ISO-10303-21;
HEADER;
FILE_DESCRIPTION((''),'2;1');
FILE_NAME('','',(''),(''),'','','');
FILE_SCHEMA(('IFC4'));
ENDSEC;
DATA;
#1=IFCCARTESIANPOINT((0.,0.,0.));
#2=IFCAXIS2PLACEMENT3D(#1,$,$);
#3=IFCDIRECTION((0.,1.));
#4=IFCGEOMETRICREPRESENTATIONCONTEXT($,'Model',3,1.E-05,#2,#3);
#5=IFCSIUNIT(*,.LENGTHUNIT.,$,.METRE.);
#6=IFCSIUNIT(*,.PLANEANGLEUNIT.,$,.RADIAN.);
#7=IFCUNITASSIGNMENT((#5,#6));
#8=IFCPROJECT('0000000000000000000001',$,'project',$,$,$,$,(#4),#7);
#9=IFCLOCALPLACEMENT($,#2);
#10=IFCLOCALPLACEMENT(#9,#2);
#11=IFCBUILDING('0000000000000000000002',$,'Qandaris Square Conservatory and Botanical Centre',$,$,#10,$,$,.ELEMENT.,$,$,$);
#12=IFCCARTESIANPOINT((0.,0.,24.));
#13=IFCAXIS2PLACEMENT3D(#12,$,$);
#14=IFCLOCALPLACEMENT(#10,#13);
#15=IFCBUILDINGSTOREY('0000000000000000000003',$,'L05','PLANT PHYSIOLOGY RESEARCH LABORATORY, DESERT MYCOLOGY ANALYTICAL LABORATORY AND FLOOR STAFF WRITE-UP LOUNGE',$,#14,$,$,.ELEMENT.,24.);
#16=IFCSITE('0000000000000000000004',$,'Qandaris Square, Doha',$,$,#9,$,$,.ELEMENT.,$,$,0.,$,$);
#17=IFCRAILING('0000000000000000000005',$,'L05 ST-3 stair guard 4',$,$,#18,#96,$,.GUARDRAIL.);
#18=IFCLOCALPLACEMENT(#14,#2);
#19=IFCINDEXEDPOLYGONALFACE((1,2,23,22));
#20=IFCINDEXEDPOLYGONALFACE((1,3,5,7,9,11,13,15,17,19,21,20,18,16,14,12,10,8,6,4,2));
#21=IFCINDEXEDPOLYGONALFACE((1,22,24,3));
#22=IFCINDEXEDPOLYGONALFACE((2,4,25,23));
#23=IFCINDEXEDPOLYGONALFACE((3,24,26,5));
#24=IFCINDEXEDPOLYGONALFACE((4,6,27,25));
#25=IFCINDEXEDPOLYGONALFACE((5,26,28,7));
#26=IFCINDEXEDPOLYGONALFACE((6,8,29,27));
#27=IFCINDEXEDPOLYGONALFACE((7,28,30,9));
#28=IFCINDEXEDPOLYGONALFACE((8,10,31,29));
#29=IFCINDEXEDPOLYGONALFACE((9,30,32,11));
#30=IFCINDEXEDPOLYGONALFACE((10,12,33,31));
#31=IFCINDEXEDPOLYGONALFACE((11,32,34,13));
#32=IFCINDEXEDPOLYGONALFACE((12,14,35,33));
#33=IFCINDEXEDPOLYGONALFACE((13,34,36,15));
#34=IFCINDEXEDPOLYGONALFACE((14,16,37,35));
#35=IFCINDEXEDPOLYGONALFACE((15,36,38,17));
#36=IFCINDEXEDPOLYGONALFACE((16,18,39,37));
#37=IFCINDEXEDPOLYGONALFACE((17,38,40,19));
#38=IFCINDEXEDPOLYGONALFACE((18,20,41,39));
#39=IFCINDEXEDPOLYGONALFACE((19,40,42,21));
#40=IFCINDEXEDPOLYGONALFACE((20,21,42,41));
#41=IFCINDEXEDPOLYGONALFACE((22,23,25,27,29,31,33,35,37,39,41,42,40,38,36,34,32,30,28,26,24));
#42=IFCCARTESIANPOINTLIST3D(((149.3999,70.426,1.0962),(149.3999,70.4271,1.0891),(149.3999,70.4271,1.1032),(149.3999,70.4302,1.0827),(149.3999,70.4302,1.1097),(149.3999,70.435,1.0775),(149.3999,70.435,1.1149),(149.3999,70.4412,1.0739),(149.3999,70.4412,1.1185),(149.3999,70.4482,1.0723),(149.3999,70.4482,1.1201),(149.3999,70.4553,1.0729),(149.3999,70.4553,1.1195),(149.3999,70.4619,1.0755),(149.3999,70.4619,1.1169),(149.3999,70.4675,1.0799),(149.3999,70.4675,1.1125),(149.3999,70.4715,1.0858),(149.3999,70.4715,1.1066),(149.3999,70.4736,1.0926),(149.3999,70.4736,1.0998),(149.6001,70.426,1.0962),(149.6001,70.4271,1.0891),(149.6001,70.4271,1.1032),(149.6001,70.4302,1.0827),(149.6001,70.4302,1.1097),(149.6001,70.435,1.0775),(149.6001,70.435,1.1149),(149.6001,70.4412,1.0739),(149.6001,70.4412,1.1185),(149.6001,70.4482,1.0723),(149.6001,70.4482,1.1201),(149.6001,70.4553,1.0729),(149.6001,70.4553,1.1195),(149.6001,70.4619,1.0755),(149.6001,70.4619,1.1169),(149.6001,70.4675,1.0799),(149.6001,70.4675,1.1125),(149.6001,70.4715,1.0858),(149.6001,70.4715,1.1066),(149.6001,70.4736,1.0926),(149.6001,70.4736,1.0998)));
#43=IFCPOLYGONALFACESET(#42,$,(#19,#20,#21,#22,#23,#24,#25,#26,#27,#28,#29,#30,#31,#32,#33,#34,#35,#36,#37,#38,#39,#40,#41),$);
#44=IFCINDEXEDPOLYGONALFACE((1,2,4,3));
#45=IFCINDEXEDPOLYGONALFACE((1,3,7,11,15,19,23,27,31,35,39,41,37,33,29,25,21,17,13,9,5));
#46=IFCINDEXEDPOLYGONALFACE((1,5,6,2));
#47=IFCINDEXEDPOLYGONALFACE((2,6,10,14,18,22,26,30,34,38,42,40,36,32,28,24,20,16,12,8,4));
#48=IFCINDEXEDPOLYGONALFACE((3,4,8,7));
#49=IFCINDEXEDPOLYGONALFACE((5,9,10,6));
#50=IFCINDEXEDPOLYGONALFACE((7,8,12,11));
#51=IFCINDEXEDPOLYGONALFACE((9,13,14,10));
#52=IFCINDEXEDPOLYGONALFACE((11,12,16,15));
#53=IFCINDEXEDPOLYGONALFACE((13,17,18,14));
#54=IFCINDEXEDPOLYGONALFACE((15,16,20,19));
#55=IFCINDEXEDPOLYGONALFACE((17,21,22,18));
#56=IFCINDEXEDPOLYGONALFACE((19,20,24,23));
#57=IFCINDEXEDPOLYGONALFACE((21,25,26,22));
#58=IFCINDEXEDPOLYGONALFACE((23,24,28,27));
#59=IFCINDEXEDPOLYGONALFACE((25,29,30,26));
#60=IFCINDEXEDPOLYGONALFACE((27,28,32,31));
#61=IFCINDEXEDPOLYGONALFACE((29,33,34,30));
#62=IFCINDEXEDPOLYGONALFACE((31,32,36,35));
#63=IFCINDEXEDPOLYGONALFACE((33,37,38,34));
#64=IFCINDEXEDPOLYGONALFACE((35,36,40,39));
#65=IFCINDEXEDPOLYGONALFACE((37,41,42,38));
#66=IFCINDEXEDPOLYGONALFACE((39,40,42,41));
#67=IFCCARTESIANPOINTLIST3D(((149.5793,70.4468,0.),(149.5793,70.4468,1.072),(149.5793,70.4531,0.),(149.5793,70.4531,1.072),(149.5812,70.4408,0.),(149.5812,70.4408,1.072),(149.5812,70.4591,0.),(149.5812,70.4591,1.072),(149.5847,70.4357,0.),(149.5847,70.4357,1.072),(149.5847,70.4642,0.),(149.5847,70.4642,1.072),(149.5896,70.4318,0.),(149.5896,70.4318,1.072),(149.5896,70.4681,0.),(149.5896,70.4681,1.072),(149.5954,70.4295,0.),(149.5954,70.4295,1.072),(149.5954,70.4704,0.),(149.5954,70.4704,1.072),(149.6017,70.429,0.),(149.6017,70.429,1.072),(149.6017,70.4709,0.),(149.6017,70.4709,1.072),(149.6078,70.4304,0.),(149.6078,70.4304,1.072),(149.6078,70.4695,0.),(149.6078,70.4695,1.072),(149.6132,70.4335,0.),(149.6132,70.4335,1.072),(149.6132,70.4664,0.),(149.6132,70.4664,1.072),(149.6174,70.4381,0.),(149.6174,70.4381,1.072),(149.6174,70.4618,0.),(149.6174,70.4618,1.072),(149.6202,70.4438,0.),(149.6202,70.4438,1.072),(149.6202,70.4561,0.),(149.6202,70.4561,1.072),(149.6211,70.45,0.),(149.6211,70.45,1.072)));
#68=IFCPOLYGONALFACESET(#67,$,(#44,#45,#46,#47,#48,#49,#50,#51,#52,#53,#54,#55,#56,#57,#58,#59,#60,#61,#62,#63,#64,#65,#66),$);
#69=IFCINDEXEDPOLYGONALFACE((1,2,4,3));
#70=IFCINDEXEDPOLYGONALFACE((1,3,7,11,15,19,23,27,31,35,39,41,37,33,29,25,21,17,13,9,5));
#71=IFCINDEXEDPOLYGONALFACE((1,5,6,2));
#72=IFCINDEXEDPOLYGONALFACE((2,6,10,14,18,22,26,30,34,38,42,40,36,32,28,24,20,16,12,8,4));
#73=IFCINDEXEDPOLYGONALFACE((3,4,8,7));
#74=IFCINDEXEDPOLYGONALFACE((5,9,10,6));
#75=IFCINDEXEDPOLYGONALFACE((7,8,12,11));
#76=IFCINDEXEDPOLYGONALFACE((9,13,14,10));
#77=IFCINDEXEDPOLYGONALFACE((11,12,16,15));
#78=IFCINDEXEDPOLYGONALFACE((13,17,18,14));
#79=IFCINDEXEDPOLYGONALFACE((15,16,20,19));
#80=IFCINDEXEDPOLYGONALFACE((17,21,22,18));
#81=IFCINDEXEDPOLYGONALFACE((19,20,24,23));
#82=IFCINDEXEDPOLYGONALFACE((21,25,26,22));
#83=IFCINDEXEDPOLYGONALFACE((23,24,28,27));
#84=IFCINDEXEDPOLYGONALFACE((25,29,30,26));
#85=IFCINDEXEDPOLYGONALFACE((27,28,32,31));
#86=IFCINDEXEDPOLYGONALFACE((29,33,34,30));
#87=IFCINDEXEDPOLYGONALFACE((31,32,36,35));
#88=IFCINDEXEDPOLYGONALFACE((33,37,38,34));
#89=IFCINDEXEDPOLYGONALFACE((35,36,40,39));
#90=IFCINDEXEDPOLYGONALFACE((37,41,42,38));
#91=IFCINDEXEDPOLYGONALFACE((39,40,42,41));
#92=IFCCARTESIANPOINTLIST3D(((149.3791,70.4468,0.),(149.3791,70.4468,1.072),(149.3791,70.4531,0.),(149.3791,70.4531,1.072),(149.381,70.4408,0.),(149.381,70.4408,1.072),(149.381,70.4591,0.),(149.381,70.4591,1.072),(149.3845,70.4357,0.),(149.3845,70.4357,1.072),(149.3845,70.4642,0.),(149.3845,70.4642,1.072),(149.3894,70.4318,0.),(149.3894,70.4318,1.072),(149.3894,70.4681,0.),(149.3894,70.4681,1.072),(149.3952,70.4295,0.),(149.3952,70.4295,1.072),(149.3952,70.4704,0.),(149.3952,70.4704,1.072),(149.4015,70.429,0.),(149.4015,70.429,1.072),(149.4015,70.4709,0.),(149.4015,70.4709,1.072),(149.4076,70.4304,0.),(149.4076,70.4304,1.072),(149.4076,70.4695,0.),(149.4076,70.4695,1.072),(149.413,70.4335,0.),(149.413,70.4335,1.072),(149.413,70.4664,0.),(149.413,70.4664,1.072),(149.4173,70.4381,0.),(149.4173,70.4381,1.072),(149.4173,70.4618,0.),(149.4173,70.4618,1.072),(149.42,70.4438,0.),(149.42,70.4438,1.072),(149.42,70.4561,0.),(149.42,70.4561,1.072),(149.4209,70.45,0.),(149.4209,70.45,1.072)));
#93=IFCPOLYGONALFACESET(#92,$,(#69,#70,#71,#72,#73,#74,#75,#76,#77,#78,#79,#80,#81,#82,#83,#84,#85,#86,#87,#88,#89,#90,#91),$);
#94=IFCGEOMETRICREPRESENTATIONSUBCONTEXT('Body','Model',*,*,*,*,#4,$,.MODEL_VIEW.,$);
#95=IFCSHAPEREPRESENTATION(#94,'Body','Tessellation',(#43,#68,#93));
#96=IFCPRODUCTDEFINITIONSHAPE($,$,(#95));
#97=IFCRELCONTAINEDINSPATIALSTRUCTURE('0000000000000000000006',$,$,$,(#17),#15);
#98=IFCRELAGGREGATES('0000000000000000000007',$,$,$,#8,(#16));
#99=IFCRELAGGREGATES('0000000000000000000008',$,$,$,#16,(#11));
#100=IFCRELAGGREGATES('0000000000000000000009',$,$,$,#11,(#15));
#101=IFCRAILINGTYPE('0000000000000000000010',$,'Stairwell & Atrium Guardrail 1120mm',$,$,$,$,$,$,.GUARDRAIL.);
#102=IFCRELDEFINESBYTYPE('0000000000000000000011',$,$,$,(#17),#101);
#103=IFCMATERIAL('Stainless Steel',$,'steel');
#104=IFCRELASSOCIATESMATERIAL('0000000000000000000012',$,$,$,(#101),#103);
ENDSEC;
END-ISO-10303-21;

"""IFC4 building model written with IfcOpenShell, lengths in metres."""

from ifc_helpers import new_model, si_unit, direction, frame, origin, origin_2d, place, context, subcontext, project, spatial, circle, extrude, material, type_object, element, save


model = new_model("IFC4")

# Units and contexts
model_context = context("Model", 3, precision=1e-05, world=origin(), true_north=direction((0.0, 1.0)))
body_context = subcontext(model_context, "Body", "Model", "MODEL_VIEW")
ifc_project = project(units=[si_unit("LENGTHUNIT", "METRE"), si_unit("PLANEANGLEUNIT", "RADIAN")], contexts=[model_context])

# Site, building, storey
site_placement = place(None, origin())
site = spatial("IfcSite", under=ifc_project, at=site_placement, Name="Qandaris Square, Doha", CompositionType="ELEMENT", RefElevation=0.0)
building_placement = place(site_placement, origin())
building = spatial("IfcBuilding", under=site, at=building_placement, Name="Qandaris Square Conservatory and Botanical Centre", CompositionType="ELEMENT")
storey_placement = place(building_placement, frame((0.0, 0.0, 24.0)))
storey = spatial("IfcBuildingStorey", under=building, at=storey_placement, Name="L05", Description="PLANT PHYSIOLOGY RESEARCH LABORATORY, DESERT MYCOLOGY ANALYTICAL LABORATORY AND FLOOR STAFF WRITE-UP LOUNGE", CompositionType="ELEMENT", Elevation=24.0)

# Railing
ifc_material_1 = material(Name="Stainless Steel", Category="steel")
railing_type_1 = type_object("IfcRailingType", Name="Stairwell & Atrium Guardrail 1120mm", PredefinedType="GUARDRAIL", material=ifc_material_1)
railing_1_placement = place(storey_placement, frame((149.6001, 70.45, 0.0)))
element("IfcRailing", 1, at=railing_1_placement, inside=storey, type_object=railing_type_1, Name="L05 ST-3 stair guard 4", PredefinedType="GUARDRAIL", context=body_context, shape_type="SweptSolid", body=[
    extrude(circle(Radius=0.0239, at=origin_2d()), frame((0.0, 0.0, 1.0962), z_axis=(-1.0, 0.0, 0.0), x_axis=(0.0, -1.0, 0.0)), (0.0, 0.0, 1.0), 0.2002),
    extrude(circle(Radius=0.021, at=origin_2d()), origin(), (0.0, 0.0, 1.0), 1.072),
    extrude(circle(Radius=0.021, at=origin_2d()), frame((-0.2002, 0.0, 0.0)), (0.0, 0.0, 1.0), 1.072),
])

save(model, "model.ifc")
